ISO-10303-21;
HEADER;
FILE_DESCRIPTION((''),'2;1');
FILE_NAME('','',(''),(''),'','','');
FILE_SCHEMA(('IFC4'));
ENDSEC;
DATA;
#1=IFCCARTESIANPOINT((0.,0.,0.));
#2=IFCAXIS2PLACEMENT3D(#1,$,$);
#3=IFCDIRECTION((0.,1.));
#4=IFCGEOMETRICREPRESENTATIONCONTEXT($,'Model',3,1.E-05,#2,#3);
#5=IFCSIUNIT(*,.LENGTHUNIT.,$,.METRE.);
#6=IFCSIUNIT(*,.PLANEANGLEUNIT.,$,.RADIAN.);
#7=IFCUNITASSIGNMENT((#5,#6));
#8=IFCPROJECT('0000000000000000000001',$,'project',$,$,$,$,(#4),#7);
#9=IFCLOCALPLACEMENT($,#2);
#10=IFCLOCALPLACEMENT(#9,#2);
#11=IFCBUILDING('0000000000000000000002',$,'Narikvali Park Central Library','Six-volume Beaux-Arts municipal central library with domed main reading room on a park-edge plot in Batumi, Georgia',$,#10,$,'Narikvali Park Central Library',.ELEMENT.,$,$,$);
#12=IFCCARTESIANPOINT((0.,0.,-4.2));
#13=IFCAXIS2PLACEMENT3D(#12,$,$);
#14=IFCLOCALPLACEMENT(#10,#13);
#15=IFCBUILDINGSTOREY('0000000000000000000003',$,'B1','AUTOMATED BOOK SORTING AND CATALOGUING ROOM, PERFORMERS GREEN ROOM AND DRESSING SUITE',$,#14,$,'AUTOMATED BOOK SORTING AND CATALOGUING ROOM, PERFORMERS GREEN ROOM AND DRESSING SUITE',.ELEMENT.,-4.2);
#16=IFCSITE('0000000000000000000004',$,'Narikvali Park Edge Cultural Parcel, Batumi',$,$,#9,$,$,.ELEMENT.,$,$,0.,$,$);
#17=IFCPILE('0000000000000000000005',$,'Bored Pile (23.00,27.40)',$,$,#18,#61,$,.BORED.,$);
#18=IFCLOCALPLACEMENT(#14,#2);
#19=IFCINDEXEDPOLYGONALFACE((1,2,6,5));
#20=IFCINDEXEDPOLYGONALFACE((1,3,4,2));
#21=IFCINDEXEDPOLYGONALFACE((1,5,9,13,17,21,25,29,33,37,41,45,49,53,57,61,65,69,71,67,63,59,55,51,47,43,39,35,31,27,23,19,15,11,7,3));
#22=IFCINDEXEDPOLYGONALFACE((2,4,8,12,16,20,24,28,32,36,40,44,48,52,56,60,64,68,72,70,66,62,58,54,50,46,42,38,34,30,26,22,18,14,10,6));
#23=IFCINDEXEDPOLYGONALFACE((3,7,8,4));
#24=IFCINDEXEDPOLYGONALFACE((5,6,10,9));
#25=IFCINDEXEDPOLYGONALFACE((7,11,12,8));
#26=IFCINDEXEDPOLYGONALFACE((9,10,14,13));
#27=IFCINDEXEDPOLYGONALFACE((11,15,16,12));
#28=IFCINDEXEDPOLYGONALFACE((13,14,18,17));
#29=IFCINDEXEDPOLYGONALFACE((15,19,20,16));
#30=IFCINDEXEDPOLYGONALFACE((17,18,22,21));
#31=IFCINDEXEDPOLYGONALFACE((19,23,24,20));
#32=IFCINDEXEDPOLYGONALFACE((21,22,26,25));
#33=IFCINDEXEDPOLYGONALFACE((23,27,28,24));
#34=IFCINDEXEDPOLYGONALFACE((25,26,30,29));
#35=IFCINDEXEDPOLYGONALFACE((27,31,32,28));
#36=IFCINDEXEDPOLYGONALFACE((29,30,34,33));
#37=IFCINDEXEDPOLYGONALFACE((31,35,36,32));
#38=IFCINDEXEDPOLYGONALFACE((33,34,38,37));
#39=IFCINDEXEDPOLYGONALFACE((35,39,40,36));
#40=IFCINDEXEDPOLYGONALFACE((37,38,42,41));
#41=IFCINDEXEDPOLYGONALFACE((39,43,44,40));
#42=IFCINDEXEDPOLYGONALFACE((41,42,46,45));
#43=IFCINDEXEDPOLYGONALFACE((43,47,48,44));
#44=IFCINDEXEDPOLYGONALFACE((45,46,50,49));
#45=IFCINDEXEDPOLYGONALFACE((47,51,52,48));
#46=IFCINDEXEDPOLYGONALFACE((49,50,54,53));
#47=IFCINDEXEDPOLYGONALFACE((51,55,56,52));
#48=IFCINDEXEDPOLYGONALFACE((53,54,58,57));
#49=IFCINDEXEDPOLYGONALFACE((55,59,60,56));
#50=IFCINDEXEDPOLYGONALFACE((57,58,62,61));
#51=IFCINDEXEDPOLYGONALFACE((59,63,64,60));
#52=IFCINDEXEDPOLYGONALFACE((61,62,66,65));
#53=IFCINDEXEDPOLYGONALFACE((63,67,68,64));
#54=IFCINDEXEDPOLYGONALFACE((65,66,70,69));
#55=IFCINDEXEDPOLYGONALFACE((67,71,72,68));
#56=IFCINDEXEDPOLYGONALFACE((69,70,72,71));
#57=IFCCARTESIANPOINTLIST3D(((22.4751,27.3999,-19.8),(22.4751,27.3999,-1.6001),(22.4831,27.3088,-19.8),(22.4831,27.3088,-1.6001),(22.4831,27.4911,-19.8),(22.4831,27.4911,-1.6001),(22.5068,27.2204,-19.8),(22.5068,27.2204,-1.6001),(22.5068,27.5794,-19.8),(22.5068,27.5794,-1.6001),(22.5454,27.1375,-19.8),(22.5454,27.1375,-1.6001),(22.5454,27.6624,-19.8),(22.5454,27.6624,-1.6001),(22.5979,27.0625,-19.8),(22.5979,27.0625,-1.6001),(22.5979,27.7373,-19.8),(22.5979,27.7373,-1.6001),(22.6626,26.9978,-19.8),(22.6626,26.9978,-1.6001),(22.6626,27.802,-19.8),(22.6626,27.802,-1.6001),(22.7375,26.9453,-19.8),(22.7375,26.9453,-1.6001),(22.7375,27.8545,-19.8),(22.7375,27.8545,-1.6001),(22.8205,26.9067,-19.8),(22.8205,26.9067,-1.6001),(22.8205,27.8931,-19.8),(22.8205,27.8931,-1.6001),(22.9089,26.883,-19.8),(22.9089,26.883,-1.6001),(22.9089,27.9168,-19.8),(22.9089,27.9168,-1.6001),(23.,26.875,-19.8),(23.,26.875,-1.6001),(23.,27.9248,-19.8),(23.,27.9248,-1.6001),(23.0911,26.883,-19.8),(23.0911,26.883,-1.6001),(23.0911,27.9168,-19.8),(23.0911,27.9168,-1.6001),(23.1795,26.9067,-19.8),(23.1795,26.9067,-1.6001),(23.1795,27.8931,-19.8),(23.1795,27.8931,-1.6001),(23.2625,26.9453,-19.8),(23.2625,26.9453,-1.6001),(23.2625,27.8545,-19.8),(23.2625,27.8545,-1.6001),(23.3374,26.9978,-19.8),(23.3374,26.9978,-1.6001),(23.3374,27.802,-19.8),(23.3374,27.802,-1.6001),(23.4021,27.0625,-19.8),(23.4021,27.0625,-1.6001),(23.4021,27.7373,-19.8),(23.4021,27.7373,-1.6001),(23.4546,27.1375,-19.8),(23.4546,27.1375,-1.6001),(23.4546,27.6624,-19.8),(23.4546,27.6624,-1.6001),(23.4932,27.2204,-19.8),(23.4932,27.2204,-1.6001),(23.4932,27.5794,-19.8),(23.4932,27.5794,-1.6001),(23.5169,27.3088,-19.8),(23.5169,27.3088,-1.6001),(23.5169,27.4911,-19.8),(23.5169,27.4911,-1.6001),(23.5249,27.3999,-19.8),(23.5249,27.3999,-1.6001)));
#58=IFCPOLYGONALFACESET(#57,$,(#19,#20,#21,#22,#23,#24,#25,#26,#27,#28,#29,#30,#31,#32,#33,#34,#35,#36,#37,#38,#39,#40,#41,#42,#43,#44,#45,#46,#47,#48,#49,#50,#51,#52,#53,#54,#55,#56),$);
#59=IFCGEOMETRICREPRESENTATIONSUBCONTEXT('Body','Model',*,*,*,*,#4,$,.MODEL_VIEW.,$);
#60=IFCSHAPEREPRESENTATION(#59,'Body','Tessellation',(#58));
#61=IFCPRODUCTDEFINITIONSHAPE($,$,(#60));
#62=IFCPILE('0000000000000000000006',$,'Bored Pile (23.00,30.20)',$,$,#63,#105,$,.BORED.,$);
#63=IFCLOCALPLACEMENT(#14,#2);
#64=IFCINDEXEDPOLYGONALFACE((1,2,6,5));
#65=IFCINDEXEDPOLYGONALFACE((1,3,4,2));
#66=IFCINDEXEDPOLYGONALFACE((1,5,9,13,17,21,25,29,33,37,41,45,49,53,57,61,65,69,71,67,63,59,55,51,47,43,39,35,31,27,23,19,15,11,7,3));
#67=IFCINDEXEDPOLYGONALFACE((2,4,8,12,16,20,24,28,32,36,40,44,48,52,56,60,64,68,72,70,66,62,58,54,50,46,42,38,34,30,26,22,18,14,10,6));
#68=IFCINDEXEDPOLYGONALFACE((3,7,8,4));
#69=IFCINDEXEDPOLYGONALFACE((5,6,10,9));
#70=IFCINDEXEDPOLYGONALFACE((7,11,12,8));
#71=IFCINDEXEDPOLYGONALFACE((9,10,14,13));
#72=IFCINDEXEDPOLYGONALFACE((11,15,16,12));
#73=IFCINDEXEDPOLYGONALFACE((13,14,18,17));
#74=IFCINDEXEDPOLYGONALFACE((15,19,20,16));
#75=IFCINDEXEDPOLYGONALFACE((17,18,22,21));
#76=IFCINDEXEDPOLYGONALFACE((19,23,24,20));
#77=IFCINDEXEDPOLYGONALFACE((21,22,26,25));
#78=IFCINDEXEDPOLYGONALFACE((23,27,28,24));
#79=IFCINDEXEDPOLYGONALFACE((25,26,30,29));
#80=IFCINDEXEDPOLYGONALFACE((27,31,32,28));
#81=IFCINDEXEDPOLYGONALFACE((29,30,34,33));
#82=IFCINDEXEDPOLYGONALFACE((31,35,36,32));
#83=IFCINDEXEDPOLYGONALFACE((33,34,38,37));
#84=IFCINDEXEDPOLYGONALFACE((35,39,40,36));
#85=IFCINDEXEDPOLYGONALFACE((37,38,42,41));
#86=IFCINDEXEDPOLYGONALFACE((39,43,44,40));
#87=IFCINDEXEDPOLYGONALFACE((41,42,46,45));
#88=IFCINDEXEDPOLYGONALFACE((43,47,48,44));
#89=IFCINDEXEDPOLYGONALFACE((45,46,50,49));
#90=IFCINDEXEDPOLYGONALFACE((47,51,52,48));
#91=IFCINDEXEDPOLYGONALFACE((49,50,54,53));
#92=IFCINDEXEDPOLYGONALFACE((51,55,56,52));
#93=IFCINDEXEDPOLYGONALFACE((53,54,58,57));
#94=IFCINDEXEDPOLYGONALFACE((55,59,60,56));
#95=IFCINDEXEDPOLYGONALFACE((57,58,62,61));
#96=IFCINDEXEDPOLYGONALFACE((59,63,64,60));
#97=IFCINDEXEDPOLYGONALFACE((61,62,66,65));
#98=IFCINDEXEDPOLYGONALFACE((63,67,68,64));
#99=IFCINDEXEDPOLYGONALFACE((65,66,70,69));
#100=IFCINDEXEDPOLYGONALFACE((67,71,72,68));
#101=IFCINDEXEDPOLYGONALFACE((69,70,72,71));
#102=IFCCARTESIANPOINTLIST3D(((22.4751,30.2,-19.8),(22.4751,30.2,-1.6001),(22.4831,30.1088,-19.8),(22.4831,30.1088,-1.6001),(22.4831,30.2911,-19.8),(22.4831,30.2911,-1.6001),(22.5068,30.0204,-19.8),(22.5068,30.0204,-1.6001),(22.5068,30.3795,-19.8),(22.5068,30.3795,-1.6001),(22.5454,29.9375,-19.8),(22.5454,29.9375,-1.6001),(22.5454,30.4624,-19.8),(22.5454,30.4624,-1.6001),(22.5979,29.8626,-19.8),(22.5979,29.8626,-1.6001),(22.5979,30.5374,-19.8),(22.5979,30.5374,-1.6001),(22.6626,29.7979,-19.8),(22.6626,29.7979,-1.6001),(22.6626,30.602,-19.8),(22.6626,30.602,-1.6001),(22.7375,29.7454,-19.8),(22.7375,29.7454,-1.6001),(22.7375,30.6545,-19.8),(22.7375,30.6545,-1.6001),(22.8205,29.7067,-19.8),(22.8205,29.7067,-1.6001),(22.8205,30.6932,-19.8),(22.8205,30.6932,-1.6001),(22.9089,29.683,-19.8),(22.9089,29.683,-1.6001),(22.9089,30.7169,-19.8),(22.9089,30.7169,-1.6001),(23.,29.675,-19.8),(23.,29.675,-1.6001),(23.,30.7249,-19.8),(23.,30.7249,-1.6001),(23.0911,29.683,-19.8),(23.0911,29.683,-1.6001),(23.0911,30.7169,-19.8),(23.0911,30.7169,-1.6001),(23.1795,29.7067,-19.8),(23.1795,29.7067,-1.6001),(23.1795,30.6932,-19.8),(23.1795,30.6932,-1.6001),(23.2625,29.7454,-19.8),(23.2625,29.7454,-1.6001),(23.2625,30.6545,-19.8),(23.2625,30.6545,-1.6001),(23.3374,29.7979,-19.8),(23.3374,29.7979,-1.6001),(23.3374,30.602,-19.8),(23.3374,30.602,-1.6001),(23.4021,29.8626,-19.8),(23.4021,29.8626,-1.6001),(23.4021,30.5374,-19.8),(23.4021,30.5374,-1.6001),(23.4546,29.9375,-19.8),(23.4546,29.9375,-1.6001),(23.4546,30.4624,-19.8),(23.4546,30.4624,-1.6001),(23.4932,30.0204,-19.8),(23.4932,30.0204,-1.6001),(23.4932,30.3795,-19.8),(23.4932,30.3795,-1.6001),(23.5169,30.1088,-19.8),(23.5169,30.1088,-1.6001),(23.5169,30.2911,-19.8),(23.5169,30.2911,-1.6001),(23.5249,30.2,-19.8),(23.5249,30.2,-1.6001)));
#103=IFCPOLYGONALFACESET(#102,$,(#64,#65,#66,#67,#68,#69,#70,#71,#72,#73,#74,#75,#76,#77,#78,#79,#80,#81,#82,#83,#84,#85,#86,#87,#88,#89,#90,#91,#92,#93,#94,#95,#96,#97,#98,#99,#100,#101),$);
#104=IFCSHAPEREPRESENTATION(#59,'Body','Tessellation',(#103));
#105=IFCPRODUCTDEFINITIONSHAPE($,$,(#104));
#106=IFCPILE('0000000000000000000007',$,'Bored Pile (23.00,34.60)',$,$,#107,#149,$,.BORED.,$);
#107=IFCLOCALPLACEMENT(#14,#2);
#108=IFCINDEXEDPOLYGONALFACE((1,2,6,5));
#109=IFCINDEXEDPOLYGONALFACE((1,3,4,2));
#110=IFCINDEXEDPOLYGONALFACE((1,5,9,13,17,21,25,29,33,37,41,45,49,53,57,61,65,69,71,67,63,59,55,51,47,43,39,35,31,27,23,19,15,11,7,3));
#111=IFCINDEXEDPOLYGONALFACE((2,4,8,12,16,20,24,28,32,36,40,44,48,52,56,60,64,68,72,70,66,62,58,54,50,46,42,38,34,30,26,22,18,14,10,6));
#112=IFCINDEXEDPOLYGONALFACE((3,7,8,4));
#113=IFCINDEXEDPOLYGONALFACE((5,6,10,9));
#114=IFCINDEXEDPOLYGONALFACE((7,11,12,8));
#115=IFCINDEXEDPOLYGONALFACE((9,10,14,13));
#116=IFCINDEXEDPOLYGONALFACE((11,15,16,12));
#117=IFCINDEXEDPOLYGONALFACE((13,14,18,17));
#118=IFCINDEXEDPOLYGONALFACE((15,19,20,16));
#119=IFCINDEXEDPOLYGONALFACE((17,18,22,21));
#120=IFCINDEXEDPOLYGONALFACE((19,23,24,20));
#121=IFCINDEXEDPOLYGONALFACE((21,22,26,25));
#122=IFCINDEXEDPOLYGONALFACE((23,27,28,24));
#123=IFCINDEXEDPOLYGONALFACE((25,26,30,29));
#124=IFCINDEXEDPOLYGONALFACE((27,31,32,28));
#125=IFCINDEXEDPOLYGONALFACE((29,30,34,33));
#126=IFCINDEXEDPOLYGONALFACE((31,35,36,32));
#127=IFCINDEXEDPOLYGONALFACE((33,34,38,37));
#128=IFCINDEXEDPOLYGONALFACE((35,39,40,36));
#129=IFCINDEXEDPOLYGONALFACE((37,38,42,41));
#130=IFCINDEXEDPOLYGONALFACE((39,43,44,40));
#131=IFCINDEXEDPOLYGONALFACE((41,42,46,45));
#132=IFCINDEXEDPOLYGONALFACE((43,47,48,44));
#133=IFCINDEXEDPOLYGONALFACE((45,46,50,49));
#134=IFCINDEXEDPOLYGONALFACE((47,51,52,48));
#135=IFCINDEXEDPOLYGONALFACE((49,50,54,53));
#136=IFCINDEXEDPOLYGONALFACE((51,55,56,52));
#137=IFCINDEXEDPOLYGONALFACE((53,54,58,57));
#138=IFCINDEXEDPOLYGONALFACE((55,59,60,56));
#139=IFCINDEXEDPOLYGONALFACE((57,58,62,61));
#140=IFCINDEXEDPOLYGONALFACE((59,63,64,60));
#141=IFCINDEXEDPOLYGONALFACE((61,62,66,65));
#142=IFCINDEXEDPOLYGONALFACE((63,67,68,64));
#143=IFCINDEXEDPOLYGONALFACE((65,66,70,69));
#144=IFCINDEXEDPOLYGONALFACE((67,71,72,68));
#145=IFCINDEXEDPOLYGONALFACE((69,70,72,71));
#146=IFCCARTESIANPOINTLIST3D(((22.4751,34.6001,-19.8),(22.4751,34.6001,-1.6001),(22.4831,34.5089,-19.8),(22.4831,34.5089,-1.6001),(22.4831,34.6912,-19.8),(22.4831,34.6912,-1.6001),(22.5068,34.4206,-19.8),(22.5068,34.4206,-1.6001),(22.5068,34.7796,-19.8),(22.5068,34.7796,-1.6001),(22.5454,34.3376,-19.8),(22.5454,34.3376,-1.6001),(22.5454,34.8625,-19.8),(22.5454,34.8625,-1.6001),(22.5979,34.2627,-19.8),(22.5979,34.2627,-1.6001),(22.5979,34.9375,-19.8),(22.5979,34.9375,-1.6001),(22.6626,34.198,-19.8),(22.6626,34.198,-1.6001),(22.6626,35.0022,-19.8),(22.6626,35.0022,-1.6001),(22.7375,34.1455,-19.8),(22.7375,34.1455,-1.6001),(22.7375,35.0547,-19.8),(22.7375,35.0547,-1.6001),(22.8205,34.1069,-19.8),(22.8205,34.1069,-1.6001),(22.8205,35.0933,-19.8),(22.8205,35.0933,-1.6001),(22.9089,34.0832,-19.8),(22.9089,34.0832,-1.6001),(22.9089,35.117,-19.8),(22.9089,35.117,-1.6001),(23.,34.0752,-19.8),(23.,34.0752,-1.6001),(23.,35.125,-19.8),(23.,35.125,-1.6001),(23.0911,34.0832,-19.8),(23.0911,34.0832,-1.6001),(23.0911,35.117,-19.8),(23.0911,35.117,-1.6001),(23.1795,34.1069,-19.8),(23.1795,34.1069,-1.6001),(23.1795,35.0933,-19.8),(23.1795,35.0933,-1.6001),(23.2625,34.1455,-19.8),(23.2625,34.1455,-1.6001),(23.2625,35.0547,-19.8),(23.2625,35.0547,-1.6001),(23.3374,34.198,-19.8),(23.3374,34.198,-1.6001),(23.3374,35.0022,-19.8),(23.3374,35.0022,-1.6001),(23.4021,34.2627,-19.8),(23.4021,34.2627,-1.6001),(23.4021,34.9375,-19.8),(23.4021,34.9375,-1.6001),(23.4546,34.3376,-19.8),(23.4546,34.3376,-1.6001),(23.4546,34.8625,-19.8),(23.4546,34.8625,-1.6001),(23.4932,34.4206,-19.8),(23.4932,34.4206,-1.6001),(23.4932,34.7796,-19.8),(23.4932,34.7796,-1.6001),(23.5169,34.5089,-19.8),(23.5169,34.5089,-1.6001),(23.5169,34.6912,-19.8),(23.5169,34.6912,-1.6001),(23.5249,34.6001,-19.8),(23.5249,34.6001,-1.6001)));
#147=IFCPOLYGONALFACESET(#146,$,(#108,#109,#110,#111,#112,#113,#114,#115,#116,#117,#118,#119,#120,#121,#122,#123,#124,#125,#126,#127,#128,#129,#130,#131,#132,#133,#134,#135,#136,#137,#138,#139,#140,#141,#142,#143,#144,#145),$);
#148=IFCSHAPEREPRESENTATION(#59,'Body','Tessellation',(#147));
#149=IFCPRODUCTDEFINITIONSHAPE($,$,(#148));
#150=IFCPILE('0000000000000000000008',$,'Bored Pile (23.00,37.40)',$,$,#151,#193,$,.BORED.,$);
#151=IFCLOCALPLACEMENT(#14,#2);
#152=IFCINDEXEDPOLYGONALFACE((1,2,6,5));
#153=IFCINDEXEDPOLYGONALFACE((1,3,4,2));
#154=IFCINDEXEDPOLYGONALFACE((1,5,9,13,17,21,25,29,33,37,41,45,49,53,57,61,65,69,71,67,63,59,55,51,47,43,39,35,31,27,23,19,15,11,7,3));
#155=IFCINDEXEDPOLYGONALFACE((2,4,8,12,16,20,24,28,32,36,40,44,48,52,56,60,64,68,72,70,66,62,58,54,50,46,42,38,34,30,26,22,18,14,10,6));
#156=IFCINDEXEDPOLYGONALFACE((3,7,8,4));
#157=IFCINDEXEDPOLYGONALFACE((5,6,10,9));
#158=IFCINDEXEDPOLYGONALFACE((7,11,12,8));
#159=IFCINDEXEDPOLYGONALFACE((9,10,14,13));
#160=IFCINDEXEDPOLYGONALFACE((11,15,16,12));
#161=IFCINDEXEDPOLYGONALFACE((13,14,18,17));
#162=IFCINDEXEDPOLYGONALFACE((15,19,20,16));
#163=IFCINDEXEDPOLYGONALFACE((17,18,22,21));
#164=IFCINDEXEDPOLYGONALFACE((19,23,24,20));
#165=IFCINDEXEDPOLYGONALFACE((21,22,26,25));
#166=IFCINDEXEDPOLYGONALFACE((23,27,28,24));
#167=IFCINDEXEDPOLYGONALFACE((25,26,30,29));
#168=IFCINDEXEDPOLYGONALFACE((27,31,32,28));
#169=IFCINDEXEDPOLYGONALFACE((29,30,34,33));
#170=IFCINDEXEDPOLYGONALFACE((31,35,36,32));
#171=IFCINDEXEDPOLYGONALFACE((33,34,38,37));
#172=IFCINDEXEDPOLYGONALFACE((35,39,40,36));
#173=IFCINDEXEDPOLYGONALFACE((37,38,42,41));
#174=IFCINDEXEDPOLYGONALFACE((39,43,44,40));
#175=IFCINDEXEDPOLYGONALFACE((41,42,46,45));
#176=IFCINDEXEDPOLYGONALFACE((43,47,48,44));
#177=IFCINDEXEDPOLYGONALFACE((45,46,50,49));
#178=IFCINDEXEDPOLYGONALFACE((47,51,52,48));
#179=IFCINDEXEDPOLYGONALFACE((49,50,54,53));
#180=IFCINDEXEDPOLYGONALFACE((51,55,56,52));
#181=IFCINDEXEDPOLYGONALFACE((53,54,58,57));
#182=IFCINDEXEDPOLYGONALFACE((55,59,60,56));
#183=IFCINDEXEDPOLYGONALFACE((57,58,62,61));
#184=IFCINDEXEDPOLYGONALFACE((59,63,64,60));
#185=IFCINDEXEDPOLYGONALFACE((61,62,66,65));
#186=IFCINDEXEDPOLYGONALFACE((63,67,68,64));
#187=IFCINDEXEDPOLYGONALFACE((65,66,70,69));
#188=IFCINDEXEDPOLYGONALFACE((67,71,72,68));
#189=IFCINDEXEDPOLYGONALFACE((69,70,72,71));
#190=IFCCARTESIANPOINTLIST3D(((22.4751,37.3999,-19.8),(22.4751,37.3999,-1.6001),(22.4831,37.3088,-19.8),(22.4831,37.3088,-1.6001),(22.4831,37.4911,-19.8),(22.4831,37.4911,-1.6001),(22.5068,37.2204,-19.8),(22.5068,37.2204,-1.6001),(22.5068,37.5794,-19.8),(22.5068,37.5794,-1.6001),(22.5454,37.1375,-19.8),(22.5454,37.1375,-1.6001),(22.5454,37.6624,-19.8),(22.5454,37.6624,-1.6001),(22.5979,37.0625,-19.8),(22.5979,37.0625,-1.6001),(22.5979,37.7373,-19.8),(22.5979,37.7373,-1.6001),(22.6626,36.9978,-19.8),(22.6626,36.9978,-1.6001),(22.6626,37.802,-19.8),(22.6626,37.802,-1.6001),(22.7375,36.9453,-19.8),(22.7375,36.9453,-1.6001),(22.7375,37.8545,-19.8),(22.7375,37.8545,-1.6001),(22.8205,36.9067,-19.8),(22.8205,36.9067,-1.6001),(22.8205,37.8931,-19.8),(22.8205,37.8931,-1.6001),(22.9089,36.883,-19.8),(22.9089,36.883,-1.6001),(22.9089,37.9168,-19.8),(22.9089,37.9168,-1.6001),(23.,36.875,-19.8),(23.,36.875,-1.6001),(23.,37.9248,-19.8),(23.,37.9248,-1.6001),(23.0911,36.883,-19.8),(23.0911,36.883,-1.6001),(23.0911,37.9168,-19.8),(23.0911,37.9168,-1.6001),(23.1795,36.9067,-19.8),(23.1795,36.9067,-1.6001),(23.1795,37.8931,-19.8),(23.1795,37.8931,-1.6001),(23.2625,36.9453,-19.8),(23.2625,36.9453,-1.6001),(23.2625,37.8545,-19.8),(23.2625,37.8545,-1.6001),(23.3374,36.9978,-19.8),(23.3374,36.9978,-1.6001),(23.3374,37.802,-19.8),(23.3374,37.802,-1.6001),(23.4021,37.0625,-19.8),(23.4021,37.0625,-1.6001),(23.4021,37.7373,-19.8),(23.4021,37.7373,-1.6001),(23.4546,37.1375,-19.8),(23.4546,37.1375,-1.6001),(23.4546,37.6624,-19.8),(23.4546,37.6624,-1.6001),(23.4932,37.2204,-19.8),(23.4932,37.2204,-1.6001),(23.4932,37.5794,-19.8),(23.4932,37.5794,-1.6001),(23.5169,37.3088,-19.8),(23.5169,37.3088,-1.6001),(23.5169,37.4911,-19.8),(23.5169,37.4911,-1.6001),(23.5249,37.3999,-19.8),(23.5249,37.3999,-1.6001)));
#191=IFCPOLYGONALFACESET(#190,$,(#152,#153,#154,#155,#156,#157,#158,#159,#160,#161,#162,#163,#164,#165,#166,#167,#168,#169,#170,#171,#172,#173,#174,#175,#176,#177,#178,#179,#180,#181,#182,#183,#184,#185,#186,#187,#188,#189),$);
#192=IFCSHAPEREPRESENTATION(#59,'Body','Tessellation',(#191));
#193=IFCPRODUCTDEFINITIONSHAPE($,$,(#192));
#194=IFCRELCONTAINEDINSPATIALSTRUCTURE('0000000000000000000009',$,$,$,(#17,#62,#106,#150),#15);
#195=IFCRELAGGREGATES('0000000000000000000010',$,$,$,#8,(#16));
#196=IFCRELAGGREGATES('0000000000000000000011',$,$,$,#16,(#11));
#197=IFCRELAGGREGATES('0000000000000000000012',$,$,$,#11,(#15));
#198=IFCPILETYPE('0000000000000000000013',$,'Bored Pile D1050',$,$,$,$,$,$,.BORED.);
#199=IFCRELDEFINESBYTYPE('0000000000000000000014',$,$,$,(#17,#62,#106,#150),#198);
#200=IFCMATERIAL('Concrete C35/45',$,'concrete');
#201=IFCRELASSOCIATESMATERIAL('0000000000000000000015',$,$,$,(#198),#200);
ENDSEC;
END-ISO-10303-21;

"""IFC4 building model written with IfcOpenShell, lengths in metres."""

from ifc_helpers import new_model, si_unit, direction, frame, origin, origin_2d, place, context, subcontext, project, spatial, circle, extrude, material, material_profile, profile_set, type_object, element, save


model = new_model("IFC4")

# Units and contexts
model_context = context("Model", 3, precision=1e-05, world=origin(), true_north=direction((0.0, 1.0)))
body_context = subcontext(model_context, "Body", "Model", "MODEL_VIEW")
ifc_project = project(units=[si_unit("LENGTHUNIT", "METRE"), si_unit("PLANEANGLEUNIT", "RADIAN")], contexts=[model_context])

# Site, building, storey
site_placement = place(None, origin())
site = spatial("IfcSite", under=ifc_project, at=site_placement, Name="Narikvali Park Edge Cultural Parcel, Batumi", CompositionType="ELEMENT", RefElevation=0.0)
building_placement = place(site_placement, origin())
building = spatial("IfcBuilding", under=site, at=building_placement, Name="Narikvali Park Central Library", Description="Six-volume Beaux-Arts municipal central library with domed main reading room on a park-edge plot in Batumi, Georgia", LongName="Narikvali Park Central Library", CompositionType="ELEMENT")
storey_placement = place(building_placement, frame((0.0, 0.0, -4.2)))
storey = spatial("IfcBuildingStorey", under=building, at=storey_placement, Name="B1", Description="AUTOMATED BOOK SORTING AND CATALOGUING ROOM, PERFORMERS GREEN ROOM AND DRESSING SUITE", LongName="AUTOMATED BOOK SORTING AND CATALOGUING ROOM, PERFORMERS GREEN ROOM AND DRESSING SUITE", CompositionType="ELEMENT", Elevation=-4.2)

# Piles
ifc_material_1 = material(Name="Concrete C35/45", Category="concrete")
ifc_material_profile_1 = material_profile(ifc_material_1, circle(Radius=0.5249, at=origin_2d()), Name="PILE D1050")
ifc_profile_set_1 = profile_set([ifc_material_profile_1], Name="Concrete C35/45")
pile_type_1 = type_object("IfcPileType", Name="Bored Pile D1050", PredefinedType="BORED", material=ifc_profile_set_1)
for number, where, z_axis, x_axis, name in (
    (1, (23.0, 27.3999, -1.6001), (0.0, 0.0, -1.0), (1.0, 0.0, 0.0), "Bored Pile (23.00,27.40)"),
    (2, (23.0, 30.2, -1.6001), (0.0, 0.0, -1.0), (1.0, 0.0, 0.0), "Bored Pile (23.00,30.20)"),
    (3, (23.0, 34.6001, -1.6001), (0.0, 0.0, -1.0), (1.0, 0.0, 0.0), "Bored Pile (23.00,34.60)"),
    (4, (23.0, 37.3999, -1.6001), (0.0, 0.0, -1.0), (1.0, 0.0, 0.0), "Bored Pile (23.00,37.40)"),
):
    element("IfcPile", number, at=place(storey_placement, frame(where, z_axis=z_axis, x_axis=x_axis)), inside=storey, type_object=pile_type_1, Name=name, PredefinedType="BORED", context=body_context, shape_type="SweptSolid", body=[
        extrude(circle(Radius=0.5249, at=origin_2d()), origin(), (0.0, 0.0, 1.0), 18.2),
    ])

save(model, "model.ifc")
